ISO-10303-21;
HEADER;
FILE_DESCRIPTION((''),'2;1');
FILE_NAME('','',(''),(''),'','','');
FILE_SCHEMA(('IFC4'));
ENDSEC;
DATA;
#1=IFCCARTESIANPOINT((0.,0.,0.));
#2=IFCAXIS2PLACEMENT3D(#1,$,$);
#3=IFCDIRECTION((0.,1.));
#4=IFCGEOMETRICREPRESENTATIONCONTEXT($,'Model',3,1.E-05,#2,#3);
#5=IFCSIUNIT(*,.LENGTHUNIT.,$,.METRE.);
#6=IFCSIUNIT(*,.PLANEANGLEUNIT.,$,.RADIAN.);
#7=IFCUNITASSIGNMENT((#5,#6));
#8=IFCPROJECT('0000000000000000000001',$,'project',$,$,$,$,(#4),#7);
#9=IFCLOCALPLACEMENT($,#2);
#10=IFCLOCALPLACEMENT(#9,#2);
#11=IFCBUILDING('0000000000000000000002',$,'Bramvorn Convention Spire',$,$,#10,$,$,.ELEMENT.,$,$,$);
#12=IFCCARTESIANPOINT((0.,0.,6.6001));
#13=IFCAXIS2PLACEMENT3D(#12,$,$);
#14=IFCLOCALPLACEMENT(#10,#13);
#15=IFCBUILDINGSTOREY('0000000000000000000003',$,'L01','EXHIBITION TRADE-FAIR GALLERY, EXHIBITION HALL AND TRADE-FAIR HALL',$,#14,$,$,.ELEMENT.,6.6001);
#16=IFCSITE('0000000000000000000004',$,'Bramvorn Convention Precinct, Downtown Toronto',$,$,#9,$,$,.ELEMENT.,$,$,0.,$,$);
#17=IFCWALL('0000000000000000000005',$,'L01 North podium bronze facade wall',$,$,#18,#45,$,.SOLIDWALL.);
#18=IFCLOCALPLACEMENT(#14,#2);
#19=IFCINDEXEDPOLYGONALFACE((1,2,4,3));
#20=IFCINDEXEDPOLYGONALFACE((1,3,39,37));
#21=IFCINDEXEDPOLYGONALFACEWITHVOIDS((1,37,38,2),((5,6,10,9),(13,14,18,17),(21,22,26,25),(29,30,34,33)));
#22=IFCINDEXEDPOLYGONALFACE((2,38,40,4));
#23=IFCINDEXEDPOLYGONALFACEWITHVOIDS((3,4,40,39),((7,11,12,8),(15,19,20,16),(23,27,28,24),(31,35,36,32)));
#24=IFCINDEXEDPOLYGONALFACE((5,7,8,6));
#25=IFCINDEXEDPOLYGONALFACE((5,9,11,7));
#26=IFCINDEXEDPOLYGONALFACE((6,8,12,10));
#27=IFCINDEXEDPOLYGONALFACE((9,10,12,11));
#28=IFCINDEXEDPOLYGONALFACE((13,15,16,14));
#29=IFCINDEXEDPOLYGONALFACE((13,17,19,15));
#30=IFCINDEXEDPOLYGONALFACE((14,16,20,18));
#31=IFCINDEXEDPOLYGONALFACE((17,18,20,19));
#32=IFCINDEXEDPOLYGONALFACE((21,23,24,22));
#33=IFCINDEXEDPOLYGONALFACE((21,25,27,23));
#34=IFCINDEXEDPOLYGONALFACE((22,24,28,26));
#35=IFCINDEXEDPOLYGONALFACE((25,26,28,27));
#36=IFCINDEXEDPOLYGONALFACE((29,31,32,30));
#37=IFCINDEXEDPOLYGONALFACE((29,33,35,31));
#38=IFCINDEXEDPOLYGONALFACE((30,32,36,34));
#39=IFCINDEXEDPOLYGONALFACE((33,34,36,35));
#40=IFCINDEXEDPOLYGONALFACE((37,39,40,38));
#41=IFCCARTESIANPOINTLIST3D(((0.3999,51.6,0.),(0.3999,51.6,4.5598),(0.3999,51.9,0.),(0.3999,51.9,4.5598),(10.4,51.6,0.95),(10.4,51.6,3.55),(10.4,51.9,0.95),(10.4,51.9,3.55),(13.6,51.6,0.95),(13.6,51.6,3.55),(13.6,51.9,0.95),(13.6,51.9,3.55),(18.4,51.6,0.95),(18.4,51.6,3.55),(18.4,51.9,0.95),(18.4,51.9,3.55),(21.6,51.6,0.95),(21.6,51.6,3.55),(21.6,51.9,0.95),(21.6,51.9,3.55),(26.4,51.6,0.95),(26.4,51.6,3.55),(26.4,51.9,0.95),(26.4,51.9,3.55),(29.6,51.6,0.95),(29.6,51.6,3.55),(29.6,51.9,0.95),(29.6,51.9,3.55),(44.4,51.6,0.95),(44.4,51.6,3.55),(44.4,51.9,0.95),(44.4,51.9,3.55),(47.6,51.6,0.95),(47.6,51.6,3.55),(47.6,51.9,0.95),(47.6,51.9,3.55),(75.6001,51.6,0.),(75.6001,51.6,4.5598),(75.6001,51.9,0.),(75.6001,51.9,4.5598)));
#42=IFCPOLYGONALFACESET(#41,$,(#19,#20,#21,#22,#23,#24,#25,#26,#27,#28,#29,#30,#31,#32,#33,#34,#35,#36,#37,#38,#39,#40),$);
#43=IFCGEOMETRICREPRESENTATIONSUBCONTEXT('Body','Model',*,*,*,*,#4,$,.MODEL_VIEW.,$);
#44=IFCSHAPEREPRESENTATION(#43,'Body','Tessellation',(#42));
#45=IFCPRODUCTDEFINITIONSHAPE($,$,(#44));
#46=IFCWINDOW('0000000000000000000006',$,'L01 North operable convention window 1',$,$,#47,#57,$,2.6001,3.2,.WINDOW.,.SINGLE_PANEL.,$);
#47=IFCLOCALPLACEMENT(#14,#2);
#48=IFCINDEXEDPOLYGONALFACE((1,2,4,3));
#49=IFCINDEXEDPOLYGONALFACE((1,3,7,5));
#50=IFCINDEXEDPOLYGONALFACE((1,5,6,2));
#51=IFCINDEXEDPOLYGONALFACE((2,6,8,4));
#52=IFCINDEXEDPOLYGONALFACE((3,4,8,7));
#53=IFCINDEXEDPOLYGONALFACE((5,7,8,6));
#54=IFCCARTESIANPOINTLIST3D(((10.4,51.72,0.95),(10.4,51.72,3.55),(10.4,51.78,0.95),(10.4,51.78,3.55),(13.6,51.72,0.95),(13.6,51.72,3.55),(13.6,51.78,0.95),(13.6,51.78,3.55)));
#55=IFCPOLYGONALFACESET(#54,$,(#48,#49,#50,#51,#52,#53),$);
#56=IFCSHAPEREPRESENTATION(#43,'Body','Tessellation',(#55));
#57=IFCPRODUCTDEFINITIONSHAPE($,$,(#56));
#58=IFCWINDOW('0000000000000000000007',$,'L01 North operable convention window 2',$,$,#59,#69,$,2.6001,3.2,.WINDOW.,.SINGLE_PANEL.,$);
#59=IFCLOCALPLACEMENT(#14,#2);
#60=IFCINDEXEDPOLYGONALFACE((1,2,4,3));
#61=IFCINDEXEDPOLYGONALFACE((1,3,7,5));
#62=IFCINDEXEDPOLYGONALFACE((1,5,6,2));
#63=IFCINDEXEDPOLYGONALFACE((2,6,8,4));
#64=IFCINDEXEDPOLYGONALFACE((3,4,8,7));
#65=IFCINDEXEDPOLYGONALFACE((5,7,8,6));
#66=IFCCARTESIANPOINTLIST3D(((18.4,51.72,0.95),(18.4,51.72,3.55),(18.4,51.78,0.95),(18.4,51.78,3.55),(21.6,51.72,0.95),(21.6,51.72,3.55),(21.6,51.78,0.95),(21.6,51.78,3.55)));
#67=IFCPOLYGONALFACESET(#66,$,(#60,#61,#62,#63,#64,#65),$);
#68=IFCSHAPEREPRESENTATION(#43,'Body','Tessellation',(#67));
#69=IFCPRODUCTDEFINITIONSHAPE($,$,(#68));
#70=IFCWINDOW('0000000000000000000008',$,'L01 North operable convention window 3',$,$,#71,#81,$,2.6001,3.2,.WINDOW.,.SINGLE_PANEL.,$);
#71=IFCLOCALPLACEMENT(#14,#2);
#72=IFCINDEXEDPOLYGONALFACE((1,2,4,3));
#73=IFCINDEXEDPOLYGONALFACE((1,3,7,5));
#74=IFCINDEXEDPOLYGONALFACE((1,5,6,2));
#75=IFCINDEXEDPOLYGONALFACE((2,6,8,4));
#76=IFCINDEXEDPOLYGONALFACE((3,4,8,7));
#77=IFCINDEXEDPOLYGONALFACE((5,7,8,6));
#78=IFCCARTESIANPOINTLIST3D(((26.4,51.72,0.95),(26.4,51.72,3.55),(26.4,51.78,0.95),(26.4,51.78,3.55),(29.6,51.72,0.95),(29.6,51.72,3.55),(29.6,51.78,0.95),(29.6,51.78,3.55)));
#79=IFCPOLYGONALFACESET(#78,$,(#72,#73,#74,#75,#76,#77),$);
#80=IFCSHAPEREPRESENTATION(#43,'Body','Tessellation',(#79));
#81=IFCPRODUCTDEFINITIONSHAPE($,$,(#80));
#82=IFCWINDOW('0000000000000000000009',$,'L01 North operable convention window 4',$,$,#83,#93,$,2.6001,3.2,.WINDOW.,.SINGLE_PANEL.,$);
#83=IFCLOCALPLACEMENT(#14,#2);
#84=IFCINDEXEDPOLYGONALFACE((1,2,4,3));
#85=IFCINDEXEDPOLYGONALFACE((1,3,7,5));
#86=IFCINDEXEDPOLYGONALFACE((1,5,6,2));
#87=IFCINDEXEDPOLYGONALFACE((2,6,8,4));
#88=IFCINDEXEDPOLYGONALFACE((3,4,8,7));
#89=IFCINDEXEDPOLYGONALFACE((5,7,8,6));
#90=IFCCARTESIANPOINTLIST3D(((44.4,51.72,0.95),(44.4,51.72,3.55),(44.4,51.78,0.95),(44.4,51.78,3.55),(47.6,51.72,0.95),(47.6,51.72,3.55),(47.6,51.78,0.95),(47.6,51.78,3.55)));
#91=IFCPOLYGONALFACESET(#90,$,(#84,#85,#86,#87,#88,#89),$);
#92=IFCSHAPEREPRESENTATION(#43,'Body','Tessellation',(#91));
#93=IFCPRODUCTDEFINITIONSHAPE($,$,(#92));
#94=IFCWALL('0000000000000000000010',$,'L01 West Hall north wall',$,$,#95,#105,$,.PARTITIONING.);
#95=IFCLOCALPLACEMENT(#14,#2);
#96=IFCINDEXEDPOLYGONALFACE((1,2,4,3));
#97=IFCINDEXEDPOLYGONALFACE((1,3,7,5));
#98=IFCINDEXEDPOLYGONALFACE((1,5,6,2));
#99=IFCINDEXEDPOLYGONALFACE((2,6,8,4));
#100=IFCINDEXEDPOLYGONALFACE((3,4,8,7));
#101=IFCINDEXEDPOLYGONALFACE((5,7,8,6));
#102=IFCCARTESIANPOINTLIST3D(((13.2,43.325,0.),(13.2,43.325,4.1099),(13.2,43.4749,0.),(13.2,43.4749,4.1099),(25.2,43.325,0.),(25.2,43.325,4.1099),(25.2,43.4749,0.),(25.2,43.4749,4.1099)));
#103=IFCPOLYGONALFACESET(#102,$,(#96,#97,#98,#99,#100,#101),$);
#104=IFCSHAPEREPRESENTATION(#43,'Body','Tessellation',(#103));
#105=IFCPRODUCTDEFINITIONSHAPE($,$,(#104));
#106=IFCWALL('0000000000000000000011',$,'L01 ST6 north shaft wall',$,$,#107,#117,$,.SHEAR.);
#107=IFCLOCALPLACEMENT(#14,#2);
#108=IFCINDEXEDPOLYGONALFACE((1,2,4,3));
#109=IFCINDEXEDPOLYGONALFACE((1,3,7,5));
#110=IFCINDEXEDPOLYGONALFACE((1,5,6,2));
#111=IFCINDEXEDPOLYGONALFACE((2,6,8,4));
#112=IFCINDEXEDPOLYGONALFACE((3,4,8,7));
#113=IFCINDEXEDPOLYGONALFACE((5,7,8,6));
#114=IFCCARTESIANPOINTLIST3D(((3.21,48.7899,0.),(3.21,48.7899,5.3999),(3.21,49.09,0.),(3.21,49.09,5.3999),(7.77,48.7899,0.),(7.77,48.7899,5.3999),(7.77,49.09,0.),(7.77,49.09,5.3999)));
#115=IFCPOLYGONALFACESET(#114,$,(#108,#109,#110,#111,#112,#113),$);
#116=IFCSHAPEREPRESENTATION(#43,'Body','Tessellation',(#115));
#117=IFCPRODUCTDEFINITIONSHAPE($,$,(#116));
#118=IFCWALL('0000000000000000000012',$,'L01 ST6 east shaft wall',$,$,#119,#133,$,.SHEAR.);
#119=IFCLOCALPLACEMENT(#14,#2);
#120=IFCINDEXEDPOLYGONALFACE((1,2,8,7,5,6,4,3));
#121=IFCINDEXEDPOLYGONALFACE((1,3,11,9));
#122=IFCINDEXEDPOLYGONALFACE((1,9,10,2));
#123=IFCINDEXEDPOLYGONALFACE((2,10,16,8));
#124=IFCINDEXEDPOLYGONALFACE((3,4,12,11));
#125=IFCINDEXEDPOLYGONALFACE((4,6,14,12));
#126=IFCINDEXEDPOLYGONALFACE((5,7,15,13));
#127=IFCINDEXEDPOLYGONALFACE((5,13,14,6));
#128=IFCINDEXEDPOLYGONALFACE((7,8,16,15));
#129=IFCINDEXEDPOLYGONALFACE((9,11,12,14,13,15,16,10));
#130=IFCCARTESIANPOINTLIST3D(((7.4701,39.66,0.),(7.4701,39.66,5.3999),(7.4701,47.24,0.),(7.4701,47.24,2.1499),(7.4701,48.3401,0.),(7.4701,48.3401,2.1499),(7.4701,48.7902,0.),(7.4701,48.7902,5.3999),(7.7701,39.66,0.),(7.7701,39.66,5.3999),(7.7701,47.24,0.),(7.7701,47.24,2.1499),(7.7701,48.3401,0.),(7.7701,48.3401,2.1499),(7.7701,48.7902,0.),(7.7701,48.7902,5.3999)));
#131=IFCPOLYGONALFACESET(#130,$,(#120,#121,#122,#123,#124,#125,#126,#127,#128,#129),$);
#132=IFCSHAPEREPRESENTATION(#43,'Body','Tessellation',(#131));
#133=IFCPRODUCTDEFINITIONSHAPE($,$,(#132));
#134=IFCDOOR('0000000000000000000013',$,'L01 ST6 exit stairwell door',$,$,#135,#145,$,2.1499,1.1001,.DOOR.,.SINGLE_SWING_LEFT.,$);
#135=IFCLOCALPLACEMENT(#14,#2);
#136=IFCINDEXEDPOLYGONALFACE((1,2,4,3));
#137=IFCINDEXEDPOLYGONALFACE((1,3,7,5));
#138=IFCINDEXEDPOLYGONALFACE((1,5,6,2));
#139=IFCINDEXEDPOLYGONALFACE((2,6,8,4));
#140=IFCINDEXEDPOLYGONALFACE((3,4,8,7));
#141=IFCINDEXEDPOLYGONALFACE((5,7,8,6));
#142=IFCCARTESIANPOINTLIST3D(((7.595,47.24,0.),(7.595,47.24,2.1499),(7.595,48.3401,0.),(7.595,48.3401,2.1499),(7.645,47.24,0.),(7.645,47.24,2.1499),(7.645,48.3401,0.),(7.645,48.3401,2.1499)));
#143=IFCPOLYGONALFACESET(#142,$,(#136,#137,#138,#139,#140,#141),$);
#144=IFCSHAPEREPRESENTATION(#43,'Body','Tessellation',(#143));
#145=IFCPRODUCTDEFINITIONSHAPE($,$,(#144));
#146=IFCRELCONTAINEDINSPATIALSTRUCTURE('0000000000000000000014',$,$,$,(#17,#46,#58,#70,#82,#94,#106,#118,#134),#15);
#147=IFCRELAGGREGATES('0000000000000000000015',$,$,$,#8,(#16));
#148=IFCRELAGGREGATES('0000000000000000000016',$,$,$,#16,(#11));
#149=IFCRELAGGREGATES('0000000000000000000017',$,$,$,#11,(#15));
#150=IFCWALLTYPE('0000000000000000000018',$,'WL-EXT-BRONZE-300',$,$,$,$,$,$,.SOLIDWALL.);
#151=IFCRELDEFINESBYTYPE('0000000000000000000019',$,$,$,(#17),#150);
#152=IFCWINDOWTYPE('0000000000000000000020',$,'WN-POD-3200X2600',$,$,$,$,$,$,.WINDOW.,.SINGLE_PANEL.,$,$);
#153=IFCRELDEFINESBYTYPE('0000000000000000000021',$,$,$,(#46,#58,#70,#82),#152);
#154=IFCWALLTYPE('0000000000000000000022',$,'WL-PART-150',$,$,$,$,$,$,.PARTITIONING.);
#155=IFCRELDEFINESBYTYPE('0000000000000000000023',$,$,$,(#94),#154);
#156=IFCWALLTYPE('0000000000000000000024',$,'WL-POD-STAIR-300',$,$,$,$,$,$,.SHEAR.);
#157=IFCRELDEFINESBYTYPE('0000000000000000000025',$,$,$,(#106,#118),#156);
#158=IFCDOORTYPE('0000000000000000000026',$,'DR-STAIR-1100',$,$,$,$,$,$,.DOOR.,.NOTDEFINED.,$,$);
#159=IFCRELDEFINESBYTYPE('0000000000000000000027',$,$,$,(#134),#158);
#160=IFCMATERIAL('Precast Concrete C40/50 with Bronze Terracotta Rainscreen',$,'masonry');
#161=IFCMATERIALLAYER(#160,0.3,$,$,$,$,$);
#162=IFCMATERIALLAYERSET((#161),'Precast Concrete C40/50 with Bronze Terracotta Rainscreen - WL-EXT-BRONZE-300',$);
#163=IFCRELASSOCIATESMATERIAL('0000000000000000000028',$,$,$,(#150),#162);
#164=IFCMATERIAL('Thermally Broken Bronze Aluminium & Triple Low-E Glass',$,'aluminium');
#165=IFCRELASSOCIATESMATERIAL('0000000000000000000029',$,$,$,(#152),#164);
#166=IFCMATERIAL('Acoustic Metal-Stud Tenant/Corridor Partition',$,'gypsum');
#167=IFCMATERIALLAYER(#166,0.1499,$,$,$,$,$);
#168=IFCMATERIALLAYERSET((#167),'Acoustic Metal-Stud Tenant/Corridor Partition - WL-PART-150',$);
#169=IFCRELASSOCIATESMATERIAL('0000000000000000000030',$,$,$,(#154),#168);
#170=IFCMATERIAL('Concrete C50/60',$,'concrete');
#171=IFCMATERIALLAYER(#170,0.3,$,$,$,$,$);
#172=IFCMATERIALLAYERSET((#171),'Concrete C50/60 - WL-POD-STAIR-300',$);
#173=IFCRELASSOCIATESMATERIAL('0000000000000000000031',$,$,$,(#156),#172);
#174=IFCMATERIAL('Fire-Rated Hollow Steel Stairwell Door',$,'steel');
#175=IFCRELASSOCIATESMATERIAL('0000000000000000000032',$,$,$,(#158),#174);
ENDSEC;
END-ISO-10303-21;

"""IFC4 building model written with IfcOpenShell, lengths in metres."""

from ifc_helpers import new_model, si_unit, direction, frame, frame_2d, origin, place, context, subcontext, project, spatial, rectangle, extrude, material, layer, layer_set, type_object, element, fill, save


model = new_model("IFC4")

# Units and contexts
model_context = context("Model", 3, precision=1e-05, world=origin(), true_north=direction((0.0, 1.0)))
body_context = subcontext(model_context, "Body", "Model", "MODEL_VIEW")
ifc_project = project(units=[si_unit("LENGTHUNIT", "METRE"), si_unit("PLANEANGLEUNIT", "RADIAN")], contexts=[model_context])

# Site, building, storey
site_placement = place(None, origin())
site = spatial("IfcSite", under=ifc_project, at=site_placement, Name="Bramvorn Convention Precinct, Downtown Toronto", CompositionType="ELEMENT", RefElevation=0.0)
building_placement = place(site_placement, origin())
building = spatial("IfcBuilding", under=site, at=building_placement, Name="Bramvorn Convention Spire", CompositionType="ELEMENT")
storey_placement = place(building_placement, frame((0.0, 0.0, 6.6001)))
storey = spatial("IfcBuildingStorey", under=building, at=storey_placement, Name="L01", Description="EXHIBITION TRADE-FAIR GALLERY, EXHIBITION HALL AND TRADE-FAIR HALL", CompositionType="ELEMENT", Elevation=6.6001)

# Wall, openings, windows
ifc_material_1 = material(Name="Precast Concrete C40/50 with Bronze Terracotta Rainscreen", Category="masonry")
ifc_layer_1 = layer(ifc_material_1, 0.3)
ifc_layer_set_1 = layer_set([ifc_layer_1], Name="Precast Concrete C40/50 with Bronze Terracotta Rainscreen - WL-EXT-BRONZE-300")
wall_type_1 = type_object("IfcWallType", Name="WL-EXT-BRONZE-300", PredefinedType="SOLIDWALL", material=ifc_layer_set_1)
wall_1_placement = place(storey_placement, frame((0.3999, 51.75, 0.0), z_axis=(0.0, 0.0, 1.0), x_axis=(1.0, 0.0, 0.0)))
wall_1 = element("IfcWall", 1, at=wall_1_placement, inside=storey, type_object=wall_type_1, Name="L01 North podium bronze facade wall", PredefinedType="SOLIDWALL", context=body_context, shape_type="SweptSolid", body=[
    extrude(rectangle(XDim=75.2002, YDim=0.3, at=frame_2d((37.6001, 0.0))), origin(), (0.0, 0.0, 1.0), 4.5598),
])
opening_1_placement = place(wall_1_placement, frame((10.0, 0.0, 0.95)))
opening_1 = element("IfcOpeningElement", 2, at=opening_1_placement, cuts=wall_1, PredefinedType="OPENING", context=body_context, shape_type="SweptSolid", body=[
    extrude(rectangle(XDim=3.2, YDim=2.6001, at=frame_2d((1.6001, 1.3))), frame((0.0, 0.1599, 0.0), z_axis=(0.0, -1.0, 0.0), x_axis=(1.0, 0.0, 0.0)), (0.0, 0.0, 1.0), 0.3201),
])
opening_2_placement = place(wall_1_placement, frame((18.0, 0.0, 0.95)))
opening_2 = element("IfcOpeningElement", 3, at=opening_2_placement, cuts=wall_1, PredefinedType="OPENING", context=body_context, shape_type="SweptSolid", body=[
    extrude(rectangle(XDim=3.2, YDim=2.6001, at=frame_2d((1.6001, 1.3))), frame((0.0, 0.1599, 0.0), z_axis=(0.0, -1.0, 0.0), x_axis=(1.0, 0.0, 0.0)), (0.0, 0.0, 1.0), 0.3201),
])
opening_3_placement = place(wall_1_placement, frame((26.0, 0.0, 0.95)))
opening_3 = element("IfcOpeningElement", 4, at=opening_3_placement, cuts=wall_1, PredefinedType="OPENING", context=body_context, shape_type="SweptSolid", body=[
    extrude(rectangle(XDim=3.2, YDim=2.6001, at=frame_2d((1.6001, 1.3))), frame((0.0, 0.1599, 0.0), z_axis=(0.0, -1.0, 0.0), x_axis=(1.0, 0.0, 0.0)), (0.0, 0.0, 1.0), 0.3201),
])
opening_4_placement = place(wall_1_placement, frame((44.0, 0.0, 0.95)))
opening_4 = element("IfcOpeningElement", 5, at=opening_4_placement, cuts=wall_1, PredefinedType="OPENING", context=body_context, shape_type="SweptSolid", body=[
    extrude(rectangle(XDim=3.2, YDim=2.6001, at=frame_2d((1.6001, 1.3))), frame((0.0, 0.1599, 0.0), z_axis=(0.0, -1.0, 0.0), x_axis=(1.0, 0.0, 0.0)), (0.0, 0.0, 1.0), 0.3201),
])
ifc_material_2 = material(Name="Thermally Broken Bronze Aluminium & Triple Low-E Glass", Category="aluminium")
window_type = type_object("IfcWindowType", Name="WN-POD-3200X2600", PartitioningType="SINGLE_PANEL", PredefinedType="WINDOW", material=ifc_material_2)
window_1_placement = place(opening_1_placement, origin())
window_1 = element("IfcWindow", 6, at=window_1_placement, inside=storey, type_object=window_type, Name="L01 North operable convention window 1", OverallHeight=2.6001, OverallWidth=3.2, PartitioningType="SINGLE_PANEL", PredefinedType="WINDOW", context=body_context, shape_type="SweptSolid", body=[
    extrude(rectangle(XDim=3.2, YDim=2.6001, at=frame_2d((1.6001, 1.3))), frame((0.0, 0.03, 0.0), z_axis=(0.0, -1.0, 0.0), x_axis=(1.0, 0.0, 0.0)), (0.0, 0.0, 1.0), 0.0601),
])
fill(opening_1, window_1)
window_2_placement = place(opening_2_placement, origin())
window_2 = element("IfcWindow", 7, at=window_2_placement, inside=storey, type_object=window_type, Name="L01 North operable convention window 2", OverallHeight=2.6001, OverallWidth=3.2, PartitioningType="SINGLE_PANEL", PredefinedType="WINDOW", context=body_context, shape_type="SweptSolid", body=[
    extrude(rectangle(XDim=3.2, YDim=2.6001, at=frame_2d((1.6001, 1.3))), frame((0.0, 0.03, 0.0), z_axis=(0.0, -1.0, 0.0), x_axis=(1.0, 0.0, 0.0)), (0.0, 0.0, 1.0), 0.0601),
])
fill(opening_2, window_2)
window_3_placement = place(opening_3_placement, origin())
window_3 = element("IfcWindow", 8, at=window_3_placement, inside=storey, type_object=window_type, Name="L01 North operable convention window 3", OverallHeight=2.6001, OverallWidth=3.2, PartitioningType="SINGLE_PANEL", PredefinedType="WINDOW", context=body_context, shape_type="SweptSolid", body=[
    extrude(rectangle(XDim=3.2, YDim=2.6001, at=frame_2d((1.6001, 1.3))), frame((0.0, 0.03, 0.0), z_axis=(0.0, -1.0, 0.0), x_axis=(1.0, 0.0, 0.0)), (0.0, 0.0, 1.0), 0.0601),
])
fill(opening_3, window_3)
window_4_placement = place(opening_4_placement, origin())
window_4 = element("IfcWindow", 9, at=window_4_placement, inside=storey, type_object=window_type, Name="L01 North operable convention window 4", OverallHeight=2.6001, OverallWidth=3.2, PartitioningType="SINGLE_PANEL", PredefinedType="WINDOW", context=body_context, shape_type="SweptSolid", body=[
    extrude(rectangle(XDim=3.2, YDim=2.6001, at=frame_2d((1.6001, 1.3))), frame((0.0, 0.03, 0.0), z_axis=(0.0, -1.0, 0.0), x_axis=(1.0, 0.0, 0.0)), (0.0, 0.0, 1.0), 0.0601),
])
fill(opening_4, window_4)

# Walls
ifc_material_3 = material(Name="Acoustic Metal-Stud Tenant/Corridor Partition", Category="gypsum")
ifc_layer_2 = layer(ifc_material_3, 0.1499)
ifc_layer_set_2 = layer_set([ifc_layer_2], Name="Acoustic Metal-Stud Tenant/Corridor Partition - WL-PART-150")
wall_type_2 = type_object("IfcWallType", Name="WL-PART-150", PredefinedType="PARTITIONING", material=ifc_layer_set_2)
wall_2_placement = place(storey_placement, frame((13.2, 43.3999, 0.0), z_axis=(0.0, 0.0, 1.0), x_axis=(1.0, 0.0, 0.0)))
element("IfcWall", 10, at=wall_2_placement, inside=storey, type_object=wall_type_2, Name="L01 West Hall north wall", PredefinedType="PARTITIONING", context=body_context, shape_type="SweptSolid", body=[
    extrude(rectangle(XDim=12.0, YDim=0.1499, at=frame_2d((6.0, 0.0))), origin(), (0.0, 0.0, 1.0), 4.1099),
])
ifc_material_4 = material(Name="Concrete C50/60", Category="concrete")
ifc_layer_3 = layer(ifc_material_4, 0.3)
ifc_layer_set_3 = layer_set([ifc_layer_3], Name="Concrete C50/60 - WL-POD-STAIR-300")
wall_type_3 = type_object("IfcWallType", Name="WL-POD-STAIR-300", PredefinedType="SHEAR", material=ifc_layer_set_3)
wall_3_placement = place(storey_placement, frame((3.21, 48.9399, 0.0), z_axis=(0.0, 0.0, 1.0), x_axis=(1.0, 0.0, 0.0)))
element("IfcWall", 11, at=wall_3_placement, inside=storey, type_object=wall_type_3, Name="L01 ST6 north shaft wall", PredefinedType="SHEAR", context=body_context, shape_type="SweptSolid", body=[
    extrude(rectangle(XDim=4.5601, YDim=0.3, at=frame_2d((2.28, 0.0))), origin(), (0.0, 0.0, 1.0), 5.3999),
])

# Wall, opening, door
wall_4_placement = place(storey_placement, frame((7.6201, 48.79, 0.0), z_axis=(0.0, 0.0, 1.0), x_axis=(0.0, -1.0, 0.0)))
wall_4 = element("IfcWall", 12, at=wall_4_placement, inside=storey, type_object=wall_type_3, Name="L01 ST6 east shaft wall", PredefinedType="SHEAR", context=body_context, shape_type="SweptSolid", body=[
    extrude(rectangle(XDim=9.1301, YDim=0.3, at=frame_2d((4.5649, 0.0))), origin(), (0.0, 0.0, 1.0), 5.3999),
])
opening_5_placement = place(wall_4_placement, frame((0.45, 0.0, 0.0)))
opening_5 = element("IfcOpeningElement", 13, at=opening_5_placement, cuts=wall_4, PredefinedType="OPENING", context=body_context, shape_type="SweptSolid", body=[
    extrude(rectangle(XDim=1.1001, YDim=2.1499, at=frame_2d((0.55, 1.075))), frame((0.0, 0.1599, 0.0), z_axis=(0.0, -1.0, 0.0), x_axis=(1.0, 0.0, 0.0)), (0.0, 0.0, 1.0), 0.3201),
])
ifc_material_5 = material(Name="Fire-Rated Hollow Steel Stairwell Door", Category="steel")
door_type = type_object("IfcDoorType", Name="DR-STAIR-1100", OperationType="NOTDEFINED", PredefinedType="DOOR", material=ifc_material_5)
door_placement = place(opening_5_placement, origin())
door = element("IfcDoor", 14, at=door_placement, inside=storey, type_object=door_type, Name="L01 ST6 exit stairwell door", OperationType="SINGLE_SWING_LEFT", OverallHeight=2.1499, OverallWidth=1.1001, PredefinedType="DOOR", context=body_context, shape_type="SweptSolid", body=[
    extrude(rectangle(XDim=1.1001, YDim=2.1499, at=frame_2d((0.55, 1.075))), frame((0.0, 0.0249, 0.0), z_axis=(0.0, -1.0, 0.0), x_axis=(1.0, 0.0, 0.0)), (0.0, 0.0, 1.0), 0.05),
])
fill(opening_5, door)

save(model, "model.ifc")
